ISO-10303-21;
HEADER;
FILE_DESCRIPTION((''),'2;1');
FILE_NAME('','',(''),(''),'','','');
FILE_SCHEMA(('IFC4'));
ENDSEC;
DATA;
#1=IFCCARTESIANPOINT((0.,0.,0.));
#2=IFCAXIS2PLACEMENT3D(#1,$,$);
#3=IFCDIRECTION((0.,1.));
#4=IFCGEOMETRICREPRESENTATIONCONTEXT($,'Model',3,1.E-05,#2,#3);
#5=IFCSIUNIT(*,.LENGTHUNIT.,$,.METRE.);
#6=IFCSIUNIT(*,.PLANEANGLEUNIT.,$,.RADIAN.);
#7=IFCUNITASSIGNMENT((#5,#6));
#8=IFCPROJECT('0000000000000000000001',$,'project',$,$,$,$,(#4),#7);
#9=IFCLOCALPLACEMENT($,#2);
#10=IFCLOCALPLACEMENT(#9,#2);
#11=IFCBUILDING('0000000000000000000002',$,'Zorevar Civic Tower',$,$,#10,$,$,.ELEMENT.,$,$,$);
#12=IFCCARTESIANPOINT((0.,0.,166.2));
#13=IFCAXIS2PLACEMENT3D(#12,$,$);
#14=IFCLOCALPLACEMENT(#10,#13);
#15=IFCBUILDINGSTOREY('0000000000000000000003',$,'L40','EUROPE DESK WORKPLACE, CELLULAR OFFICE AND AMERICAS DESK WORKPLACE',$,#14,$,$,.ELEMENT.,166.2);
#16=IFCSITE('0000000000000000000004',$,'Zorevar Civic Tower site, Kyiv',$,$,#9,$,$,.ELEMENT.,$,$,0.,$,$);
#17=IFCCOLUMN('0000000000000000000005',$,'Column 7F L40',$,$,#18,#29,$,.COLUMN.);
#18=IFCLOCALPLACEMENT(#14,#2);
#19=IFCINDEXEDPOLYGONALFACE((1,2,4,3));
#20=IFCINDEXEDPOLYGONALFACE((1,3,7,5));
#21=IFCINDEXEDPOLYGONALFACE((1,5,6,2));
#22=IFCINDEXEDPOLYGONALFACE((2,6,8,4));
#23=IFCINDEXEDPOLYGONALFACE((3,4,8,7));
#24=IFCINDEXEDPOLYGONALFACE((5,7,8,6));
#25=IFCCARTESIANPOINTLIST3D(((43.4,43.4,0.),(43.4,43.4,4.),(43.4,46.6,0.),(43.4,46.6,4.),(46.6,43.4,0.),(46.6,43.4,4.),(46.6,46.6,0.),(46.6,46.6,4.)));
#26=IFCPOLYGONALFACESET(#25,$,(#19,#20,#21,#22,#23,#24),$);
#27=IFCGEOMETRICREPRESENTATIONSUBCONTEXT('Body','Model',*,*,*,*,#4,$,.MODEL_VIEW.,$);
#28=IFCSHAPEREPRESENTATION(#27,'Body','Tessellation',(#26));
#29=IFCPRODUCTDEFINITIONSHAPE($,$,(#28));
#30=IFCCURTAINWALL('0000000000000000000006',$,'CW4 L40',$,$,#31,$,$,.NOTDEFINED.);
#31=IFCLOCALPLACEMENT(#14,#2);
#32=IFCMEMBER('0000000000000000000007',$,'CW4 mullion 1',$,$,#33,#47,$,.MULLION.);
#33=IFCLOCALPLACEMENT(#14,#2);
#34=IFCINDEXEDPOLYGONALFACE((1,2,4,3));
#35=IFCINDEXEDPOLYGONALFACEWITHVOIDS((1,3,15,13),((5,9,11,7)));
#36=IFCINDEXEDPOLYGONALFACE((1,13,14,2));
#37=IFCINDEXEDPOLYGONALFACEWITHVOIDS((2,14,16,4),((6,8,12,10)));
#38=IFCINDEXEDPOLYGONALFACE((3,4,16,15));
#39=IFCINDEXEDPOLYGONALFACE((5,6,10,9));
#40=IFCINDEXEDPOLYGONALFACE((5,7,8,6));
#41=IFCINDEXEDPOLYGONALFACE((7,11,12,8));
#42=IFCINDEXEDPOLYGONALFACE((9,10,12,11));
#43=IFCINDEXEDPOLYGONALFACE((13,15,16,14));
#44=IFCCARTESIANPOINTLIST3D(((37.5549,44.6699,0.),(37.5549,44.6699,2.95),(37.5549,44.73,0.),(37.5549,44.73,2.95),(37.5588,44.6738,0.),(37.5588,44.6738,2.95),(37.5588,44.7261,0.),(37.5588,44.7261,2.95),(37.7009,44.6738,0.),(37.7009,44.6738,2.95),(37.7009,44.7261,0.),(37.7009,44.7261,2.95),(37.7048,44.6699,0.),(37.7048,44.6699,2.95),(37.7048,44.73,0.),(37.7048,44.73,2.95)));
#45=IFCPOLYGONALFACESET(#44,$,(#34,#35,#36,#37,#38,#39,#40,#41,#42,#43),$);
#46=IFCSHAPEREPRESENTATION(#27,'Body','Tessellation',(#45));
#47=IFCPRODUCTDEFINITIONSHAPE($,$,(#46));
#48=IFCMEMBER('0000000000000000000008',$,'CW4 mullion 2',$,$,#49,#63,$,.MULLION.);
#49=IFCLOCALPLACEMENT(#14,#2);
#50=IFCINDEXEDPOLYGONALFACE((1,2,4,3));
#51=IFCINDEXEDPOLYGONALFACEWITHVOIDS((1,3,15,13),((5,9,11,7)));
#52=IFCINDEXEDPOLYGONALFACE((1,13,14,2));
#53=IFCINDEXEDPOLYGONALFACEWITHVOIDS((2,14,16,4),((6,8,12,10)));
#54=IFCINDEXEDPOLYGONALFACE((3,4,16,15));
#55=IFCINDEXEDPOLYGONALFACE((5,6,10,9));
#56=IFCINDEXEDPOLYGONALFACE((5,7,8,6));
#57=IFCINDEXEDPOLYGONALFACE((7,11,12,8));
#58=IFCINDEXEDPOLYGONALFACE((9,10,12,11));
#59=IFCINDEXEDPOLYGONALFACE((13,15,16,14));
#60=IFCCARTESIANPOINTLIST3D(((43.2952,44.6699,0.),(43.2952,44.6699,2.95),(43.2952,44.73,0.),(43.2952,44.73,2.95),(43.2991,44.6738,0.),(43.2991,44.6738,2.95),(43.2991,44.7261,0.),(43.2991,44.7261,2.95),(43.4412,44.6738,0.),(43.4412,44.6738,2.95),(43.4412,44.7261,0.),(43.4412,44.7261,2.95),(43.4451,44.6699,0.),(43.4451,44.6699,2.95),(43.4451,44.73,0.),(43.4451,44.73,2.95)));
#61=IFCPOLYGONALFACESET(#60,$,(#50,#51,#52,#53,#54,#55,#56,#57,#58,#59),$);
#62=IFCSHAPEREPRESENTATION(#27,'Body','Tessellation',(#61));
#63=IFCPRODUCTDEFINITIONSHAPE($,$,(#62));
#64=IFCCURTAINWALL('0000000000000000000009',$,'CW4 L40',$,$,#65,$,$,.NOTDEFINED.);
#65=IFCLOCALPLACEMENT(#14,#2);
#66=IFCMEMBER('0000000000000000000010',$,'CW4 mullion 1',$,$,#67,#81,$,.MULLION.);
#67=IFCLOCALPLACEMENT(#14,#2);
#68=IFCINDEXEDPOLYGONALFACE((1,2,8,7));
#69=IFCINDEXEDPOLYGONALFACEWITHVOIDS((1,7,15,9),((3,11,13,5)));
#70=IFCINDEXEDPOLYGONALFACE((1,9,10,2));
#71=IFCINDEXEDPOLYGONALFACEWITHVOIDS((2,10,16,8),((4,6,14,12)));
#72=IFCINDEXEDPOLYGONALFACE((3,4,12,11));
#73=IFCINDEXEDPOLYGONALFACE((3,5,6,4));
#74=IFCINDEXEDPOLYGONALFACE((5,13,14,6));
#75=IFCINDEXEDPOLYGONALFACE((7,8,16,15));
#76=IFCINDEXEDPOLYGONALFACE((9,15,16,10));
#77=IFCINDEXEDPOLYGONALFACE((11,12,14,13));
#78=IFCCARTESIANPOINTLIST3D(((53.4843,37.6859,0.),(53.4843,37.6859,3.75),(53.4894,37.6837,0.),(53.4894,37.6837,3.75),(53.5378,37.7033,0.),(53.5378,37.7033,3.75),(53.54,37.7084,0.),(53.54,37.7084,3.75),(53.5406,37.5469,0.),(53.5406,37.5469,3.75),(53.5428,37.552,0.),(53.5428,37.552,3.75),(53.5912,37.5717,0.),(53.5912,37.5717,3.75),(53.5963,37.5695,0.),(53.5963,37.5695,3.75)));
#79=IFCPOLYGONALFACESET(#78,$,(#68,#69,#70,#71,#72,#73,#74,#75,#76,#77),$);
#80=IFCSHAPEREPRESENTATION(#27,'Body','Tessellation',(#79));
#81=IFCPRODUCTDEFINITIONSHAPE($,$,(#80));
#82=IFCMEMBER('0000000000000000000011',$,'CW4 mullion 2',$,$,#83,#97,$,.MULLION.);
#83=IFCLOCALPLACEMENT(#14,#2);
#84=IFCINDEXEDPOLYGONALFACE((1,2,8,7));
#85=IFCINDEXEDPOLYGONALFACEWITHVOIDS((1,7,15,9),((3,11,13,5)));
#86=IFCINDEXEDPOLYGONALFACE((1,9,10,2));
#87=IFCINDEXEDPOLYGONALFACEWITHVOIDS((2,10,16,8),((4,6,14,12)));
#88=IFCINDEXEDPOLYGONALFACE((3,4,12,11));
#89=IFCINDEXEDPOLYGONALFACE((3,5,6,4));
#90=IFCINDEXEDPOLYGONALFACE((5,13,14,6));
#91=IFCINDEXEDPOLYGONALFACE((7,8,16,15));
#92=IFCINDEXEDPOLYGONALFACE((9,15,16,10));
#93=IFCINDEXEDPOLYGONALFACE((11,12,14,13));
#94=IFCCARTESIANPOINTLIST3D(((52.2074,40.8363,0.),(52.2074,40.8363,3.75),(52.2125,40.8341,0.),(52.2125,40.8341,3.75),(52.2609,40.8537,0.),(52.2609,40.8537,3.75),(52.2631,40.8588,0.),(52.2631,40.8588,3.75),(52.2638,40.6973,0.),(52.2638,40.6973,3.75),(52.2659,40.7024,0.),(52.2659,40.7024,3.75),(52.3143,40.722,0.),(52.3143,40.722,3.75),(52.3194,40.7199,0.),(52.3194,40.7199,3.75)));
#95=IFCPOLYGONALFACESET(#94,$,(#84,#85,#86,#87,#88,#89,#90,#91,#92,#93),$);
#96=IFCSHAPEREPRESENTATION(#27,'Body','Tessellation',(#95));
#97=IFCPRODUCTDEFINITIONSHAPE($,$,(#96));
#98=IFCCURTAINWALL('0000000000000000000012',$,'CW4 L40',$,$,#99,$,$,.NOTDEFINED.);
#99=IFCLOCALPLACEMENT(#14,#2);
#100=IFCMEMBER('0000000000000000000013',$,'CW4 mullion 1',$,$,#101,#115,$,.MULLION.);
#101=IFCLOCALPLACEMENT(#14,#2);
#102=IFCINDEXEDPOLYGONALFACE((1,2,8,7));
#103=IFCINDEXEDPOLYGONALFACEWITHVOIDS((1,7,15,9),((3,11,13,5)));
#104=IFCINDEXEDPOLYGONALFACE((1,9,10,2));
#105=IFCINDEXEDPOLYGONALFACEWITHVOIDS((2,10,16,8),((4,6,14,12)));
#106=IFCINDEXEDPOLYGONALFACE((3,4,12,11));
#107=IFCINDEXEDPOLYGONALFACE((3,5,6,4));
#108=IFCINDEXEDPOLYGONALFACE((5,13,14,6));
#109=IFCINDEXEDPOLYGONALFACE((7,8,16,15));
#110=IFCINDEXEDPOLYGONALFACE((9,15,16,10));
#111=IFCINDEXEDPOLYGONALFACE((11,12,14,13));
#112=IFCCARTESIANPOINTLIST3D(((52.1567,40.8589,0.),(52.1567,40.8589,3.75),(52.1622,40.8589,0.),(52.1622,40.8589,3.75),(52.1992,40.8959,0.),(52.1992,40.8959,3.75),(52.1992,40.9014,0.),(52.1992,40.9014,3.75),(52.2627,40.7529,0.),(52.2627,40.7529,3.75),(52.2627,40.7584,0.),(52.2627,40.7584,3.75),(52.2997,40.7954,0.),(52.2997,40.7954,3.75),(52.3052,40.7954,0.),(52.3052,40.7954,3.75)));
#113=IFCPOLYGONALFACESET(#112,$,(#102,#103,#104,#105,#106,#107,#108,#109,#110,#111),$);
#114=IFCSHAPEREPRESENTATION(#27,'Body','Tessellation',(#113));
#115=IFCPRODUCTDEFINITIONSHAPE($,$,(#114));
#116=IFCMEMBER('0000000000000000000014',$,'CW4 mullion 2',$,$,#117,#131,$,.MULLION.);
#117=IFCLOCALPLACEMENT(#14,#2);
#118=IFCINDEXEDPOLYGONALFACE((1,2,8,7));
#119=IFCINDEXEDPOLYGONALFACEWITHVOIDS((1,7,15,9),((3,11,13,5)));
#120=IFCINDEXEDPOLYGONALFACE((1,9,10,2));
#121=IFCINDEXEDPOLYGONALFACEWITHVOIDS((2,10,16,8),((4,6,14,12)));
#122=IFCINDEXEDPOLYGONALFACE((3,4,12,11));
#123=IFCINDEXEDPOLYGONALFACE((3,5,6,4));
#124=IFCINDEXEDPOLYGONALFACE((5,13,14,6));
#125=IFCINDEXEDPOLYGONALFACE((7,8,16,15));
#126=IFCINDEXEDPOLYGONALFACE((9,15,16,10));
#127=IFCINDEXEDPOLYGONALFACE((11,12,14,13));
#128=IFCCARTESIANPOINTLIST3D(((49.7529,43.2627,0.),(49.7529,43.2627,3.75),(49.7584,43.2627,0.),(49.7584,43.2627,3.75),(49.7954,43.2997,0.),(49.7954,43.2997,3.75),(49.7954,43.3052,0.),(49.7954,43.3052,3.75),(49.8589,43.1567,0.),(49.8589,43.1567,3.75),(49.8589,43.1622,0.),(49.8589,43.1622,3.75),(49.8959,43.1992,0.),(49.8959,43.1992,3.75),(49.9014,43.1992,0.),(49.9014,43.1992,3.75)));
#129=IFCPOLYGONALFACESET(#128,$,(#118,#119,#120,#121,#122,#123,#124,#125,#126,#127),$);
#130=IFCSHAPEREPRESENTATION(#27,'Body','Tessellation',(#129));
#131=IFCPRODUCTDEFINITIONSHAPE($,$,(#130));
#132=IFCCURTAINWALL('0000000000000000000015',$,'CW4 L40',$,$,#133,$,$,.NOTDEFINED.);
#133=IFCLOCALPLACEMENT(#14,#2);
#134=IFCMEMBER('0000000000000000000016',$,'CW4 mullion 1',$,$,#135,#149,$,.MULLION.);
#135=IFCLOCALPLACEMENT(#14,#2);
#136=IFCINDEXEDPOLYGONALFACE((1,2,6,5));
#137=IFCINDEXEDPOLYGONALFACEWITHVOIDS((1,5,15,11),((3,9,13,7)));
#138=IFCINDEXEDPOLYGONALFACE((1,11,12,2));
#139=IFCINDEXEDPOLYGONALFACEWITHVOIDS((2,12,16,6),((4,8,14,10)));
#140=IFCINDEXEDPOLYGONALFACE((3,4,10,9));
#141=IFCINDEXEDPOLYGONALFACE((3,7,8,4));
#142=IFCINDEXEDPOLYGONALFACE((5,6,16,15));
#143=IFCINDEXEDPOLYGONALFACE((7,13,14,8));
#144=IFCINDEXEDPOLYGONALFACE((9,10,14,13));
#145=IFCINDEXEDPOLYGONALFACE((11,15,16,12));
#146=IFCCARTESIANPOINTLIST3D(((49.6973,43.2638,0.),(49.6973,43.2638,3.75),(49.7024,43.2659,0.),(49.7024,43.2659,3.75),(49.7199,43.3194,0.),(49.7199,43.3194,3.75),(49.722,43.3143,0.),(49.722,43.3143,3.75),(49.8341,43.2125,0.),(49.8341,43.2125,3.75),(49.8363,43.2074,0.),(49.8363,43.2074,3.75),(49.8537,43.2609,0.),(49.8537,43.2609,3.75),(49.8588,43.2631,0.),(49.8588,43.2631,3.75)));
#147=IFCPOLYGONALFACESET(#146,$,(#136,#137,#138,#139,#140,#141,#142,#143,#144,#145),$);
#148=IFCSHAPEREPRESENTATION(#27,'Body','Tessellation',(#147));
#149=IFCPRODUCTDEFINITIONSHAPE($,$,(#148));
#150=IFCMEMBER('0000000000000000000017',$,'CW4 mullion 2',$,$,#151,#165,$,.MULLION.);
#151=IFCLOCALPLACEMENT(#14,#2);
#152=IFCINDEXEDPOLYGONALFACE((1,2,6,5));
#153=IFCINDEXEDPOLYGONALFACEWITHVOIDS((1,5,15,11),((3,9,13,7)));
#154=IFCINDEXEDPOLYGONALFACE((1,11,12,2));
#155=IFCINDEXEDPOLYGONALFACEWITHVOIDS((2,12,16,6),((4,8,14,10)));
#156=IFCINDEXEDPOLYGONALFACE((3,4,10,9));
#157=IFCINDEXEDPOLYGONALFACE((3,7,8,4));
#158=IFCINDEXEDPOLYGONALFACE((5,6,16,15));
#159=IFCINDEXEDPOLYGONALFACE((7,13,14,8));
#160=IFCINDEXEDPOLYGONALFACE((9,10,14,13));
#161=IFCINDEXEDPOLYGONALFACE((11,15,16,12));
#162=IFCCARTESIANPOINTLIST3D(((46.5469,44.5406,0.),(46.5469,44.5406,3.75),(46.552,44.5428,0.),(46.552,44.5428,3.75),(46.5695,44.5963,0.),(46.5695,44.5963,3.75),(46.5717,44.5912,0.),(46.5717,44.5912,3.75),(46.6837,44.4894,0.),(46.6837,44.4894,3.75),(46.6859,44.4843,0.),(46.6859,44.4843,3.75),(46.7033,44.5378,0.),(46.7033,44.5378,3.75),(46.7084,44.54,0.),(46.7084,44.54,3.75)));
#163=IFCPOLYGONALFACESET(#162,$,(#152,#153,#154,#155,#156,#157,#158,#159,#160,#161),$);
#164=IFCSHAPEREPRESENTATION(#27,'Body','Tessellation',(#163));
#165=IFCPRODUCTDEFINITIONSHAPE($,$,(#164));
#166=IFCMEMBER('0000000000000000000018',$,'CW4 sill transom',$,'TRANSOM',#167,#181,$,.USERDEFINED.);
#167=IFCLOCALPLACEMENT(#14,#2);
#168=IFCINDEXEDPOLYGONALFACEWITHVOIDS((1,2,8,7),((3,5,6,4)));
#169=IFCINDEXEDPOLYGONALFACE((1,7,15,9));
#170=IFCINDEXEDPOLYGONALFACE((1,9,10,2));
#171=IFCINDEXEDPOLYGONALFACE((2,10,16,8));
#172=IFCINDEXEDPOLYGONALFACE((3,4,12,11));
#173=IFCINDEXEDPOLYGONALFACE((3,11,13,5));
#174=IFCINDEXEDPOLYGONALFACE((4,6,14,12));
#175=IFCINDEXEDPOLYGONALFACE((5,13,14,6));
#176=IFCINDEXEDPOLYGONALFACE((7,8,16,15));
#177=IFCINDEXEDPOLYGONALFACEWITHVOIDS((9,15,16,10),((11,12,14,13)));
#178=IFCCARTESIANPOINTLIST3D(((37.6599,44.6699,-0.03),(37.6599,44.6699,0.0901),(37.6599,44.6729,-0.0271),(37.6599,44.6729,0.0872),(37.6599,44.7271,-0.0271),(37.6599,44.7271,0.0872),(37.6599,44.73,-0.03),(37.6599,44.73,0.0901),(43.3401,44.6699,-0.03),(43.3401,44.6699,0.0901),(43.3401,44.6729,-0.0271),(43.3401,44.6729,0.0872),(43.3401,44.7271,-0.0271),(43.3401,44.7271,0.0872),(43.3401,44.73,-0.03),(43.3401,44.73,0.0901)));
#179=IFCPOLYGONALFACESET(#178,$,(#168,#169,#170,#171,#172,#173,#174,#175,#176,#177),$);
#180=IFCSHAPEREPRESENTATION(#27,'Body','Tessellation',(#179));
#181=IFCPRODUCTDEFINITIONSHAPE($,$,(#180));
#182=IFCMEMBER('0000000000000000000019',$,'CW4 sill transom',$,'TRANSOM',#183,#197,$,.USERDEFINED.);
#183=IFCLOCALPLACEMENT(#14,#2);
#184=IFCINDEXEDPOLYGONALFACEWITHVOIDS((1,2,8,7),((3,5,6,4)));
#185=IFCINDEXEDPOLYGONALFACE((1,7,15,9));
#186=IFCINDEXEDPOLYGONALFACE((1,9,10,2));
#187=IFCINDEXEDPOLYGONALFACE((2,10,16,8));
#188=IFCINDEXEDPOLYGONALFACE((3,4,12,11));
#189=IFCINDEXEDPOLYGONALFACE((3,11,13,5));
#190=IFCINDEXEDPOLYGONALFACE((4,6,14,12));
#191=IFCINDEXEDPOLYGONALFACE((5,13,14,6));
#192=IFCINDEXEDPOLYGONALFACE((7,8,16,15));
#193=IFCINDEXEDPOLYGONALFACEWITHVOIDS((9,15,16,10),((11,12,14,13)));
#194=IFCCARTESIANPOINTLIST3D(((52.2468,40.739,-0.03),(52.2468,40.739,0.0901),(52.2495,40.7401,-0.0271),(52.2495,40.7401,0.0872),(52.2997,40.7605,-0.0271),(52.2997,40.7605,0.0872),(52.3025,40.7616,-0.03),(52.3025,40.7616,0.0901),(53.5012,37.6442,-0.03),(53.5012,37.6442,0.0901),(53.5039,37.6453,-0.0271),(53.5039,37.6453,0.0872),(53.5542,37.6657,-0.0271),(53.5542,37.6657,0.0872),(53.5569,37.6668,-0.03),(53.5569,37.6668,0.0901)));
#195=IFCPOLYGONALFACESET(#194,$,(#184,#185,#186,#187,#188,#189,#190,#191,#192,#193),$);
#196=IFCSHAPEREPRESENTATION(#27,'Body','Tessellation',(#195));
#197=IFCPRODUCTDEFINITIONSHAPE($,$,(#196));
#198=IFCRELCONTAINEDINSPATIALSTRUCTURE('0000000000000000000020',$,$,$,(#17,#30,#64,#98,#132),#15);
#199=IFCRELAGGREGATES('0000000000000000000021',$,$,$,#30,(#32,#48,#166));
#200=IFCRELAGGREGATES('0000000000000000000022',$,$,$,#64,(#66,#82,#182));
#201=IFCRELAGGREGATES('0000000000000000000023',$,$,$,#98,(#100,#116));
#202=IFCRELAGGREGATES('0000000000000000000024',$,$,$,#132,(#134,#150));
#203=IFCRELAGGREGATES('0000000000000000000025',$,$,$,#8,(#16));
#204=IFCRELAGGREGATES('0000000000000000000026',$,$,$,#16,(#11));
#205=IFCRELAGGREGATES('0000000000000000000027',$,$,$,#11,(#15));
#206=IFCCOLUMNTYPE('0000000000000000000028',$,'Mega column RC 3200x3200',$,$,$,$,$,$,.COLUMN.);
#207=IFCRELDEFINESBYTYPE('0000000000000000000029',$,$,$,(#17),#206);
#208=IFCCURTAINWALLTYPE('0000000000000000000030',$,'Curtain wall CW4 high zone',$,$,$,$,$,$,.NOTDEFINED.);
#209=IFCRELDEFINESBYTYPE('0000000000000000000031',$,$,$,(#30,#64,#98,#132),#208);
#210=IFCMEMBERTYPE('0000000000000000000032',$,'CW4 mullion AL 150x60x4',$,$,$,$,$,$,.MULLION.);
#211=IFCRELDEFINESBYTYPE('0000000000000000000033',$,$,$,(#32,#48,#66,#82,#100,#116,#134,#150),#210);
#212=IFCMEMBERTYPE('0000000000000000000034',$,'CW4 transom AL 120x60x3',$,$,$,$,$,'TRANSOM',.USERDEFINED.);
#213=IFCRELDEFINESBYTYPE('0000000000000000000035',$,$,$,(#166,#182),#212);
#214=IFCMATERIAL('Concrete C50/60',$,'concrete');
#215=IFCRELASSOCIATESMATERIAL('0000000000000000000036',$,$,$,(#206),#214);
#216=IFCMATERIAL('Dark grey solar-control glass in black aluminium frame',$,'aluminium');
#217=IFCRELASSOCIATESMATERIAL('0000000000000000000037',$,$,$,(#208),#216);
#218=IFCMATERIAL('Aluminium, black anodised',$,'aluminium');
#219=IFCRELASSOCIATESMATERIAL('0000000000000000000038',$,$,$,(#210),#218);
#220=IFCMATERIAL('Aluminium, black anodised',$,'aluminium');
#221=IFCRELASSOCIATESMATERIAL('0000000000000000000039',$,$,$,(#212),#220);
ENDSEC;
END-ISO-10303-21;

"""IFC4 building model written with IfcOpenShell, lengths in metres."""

from ifc_helpers import new_model, si_unit, direction, frame, origin, origin_2d, place, context, subcontext, project, spatial, rectangle, hollow_rectangle, extrude, material, material_profile, profile_set, type_object, element, aggregate, save


model = new_model("IFC4")

# Units and contexts
model_context = context("Model", 3, precision=1e-05, world=origin(), true_north=direction((0.0, 1.0)))
body_context = subcontext(model_context, "Body", "Model", "MODEL_VIEW")
ifc_project = project(units=[si_unit("LENGTHUNIT", "METRE"), si_unit("PLANEANGLEUNIT", "RADIAN")], contexts=[model_context])

# Site, building, storey
site_placement = place(None, origin())
site = spatial("IfcSite", under=ifc_project, at=site_placement, Name="Zorevar Civic Tower site, Kyiv", CompositionType="ELEMENT", RefElevation=0.0)
building_placement = place(site_placement, origin())
building = spatial("IfcBuilding", under=site, at=building_placement, Name="Zorevar Civic Tower", CompositionType="ELEMENT")
storey_placement = place(building_placement, frame((0.0, 0.0, 166.2)))
storey = spatial("IfcBuildingStorey", under=building, at=storey_placement, Name="L40", Description="EUROPE DESK WORKPLACE, CELLULAR OFFICE AND AMERICAS DESK WORKPLACE", CompositionType="ELEMENT", Elevation=166.2)

# Column
ifc_material_1 = material(Name="Concrete C50/60", Category="concrete")
ifc_material_profile_1 = material_profile(ifc_material_1, rectangle(XDim=3.2, YDim=3.2, at=origin_2d()), Name="RC 3200x3200")
ifc_profile_set_1 = profile_set([ifc_material_profile_1], Name="Concrete C50/60")
column_type = type_object("IfcColumnType", Name="Mega column RC 3200x3200", PredefinedType="COLUMN", material=ifc_profile_set_1)
column_placement = place(storey_placement, frame((45.0, 45.0, 0.0), z_axis=(0.0, 0.0, 1.0), x_axis=(1.0, 0.0, 0.0)))
element("IfcColumn", 1, at=column_placement, inside=storey, type_object=column_type, Name="Column 7F L40", PredefinedType="COLUMN", context=body_context, shape_type="SweptSolid", body=[
    extrude(rectangle(XDim=3.2, YDim=3.2, at=origin_2d()), origin(), (0.0, 0.0, 1.0), 4.0),
])

# Curtain walls, members
ifc_material_2 = material(Name="Dark grey solar-control glass in black aluminium frame", Category="aluminium")
curtain_wall_type = type_object("IfcCurtainWallType", Name="Curtain wall CW4 high zone", PredefinedType="NOTDEFINED", material=ifc_material_2)
curtain_wall_1_placement = place(storey_placement, origin())
curtain_wall_1 = element("IfcCurtainWall", 2, at=curtain_wall_1_placement, inside=storey, type_object=curtain_wall_type, Name="CW4 L40", PredefinedType="NOTDEFINED")
ifc_material_3 = material(Name="Aluminium, black anodised", Category="aluminium")
ifc_material_profile_2 = material_profile(ifc_material_3, hollow_rectangle(XDim=0.0601, YDim=0.1499, WallThickness=0.0039, at=origin_2d()), Name="AL 150x60x4")
ifc_profile_set_2 = profile_set([ifc_material_profile_2], Name="Aluminium, black anodised")
member_type_1 = type_object("IfcMemberType", Name="CW4 mullion AL 150x60x4", PredefinedType="MULLION", material=ifc_profile_set_2)
member_1_placement = place(storey_placement, frame((37.6299, 44.7, 0.0), z_axis=(0.0, 0.0, 1.0), x_axis=(0.0, 1.0, 0.0)))
member_1 = element("IfcMember", 3, at=member_1_placement, type_object=member_type_1, Name="CW4 mullion 1", PredefinedType="MULLION", context=body_context, shape_type="SweptSolid", body=[
    extrude(hollow_rectangle(XDim=0.0601, YDim=0.1499, WallThickness=0.0039, at=origin_2d()), origin(), (0.0, 0.0, 1.0), 2.95),
])
member_2_placement = place(storey_placement, frame((43.3701, 44.7, 0.0), z_axis=(0.0, 0.0, 1.0), x_axis=(0.0, 1.0, 0.0)))
member_2 = element("IfcMember", 4, at=member_2_placement, type_object=member_type_1, Name="CW4 mullion 2", PredefinedType="MULLION", context=body_context, shape_type="SweptSolid", body=[
    extrude(hollow_rectangle(XDim=0.0601, YDim=0.1499, WallThickness=0.0039, at=origin_2d()), origin(), (0.0, 0.0, 1.0), 2.95),
])
curtain_wall_2_placement = place(storey_placement, origin())
curtain_wall_2 = element("IfcCurtainWall", 5, at=curtain_wall_2_placement, inside=storey, type_object=curtain_wall_type, Name="CW4 L40", PredefinedType="NOTDEFINED")
member_3_placement = place(storey_placement, frame((53.5403, 37.6277, 0.0), z_axis=(0.0, 0.0, 1.0), x_axis=(-0.926762, -0.37565, 0.0)))
member_3 = element("IfcMember", 6, at=member_3_placement, type_object=member_type_1, Name="CW4 mullion 1", PredefinedType="MULLION", context=body_context, shape_type="SweptSolid", body=[
    extrude(hollow_rectangle(XDim=0.0601, YDim=0.1499, WallThickness=0.0039, at=origin_2d()), origin(), (0.0, 0.0, 1.0), 3.75),
])
member_4_placement = place(storey_placement, frame((52.2634, 40.7781, 0.0), z_axis=(0.0, 0.0, 1.0), x_axis=(-0.926762, -0.37565, 0.0)))
member_4 = element("IfcMember", 7, at=member_4_placement, type_object=member_type_1, Name="CW4 mullion 2", PredefinedType="MULLION", context=body_context, shape_type="SweptSolid", body=[
    extrude(hollow_rectangle(XDim=0.0601, YDim=0.1499, WallThickness=0.0039, at=origin_2d()), origin(), (0.0, 0.0, 1.0), 3.75),
])
curtain_wall_3_placement = place(storey_placement, origin())
curtain_wall_3 = element("IfcCurtainWall", 8, at=curtain_wall_3_placement, inside=storey, type_object=curtain_wall_type, Name="CW4 L40", PredefinedType="NOTDEFINED")
member_5_placement = place(storey_placement, frame((52.231, 40.8271, 0.0), z_axis=(0.0, 0.0, 1.0), x_axis=(-0.707107, -0.707107, 0.0)))
member_5 = element("IfcMember", 9, at=member_5_placement, type_object=member_type_1, Name="CW4 mullion 1", PredefinedType="MULLION", context=body_context, shape_type="SweptSolid", body=[
    extrude(hollow_rectangle(XDim=0.0601, YDim=0.1499, WallThickness=0.0039, at=origin_2d()), origin(), (0.0, 0.0, 1.0), 3.75),
])
member_6_placement = place(storey_placement, frame((49.8271, 43.231, 0.0), z_axis=(0.0, 0.0, 1.0), x_axis=(-0.707107, -0.707107, 0.0)))
member_6 = element("IfcMember", 10, at=member_6_placement, type_object=member_type_1, Name="CW4 mullion 2", PredefinedType="MULLION", context=body_context, shape_type="SweptSolid", body=[
    extrude(hollow_rectangle(XDim=0.0601, YDim=0.1499, WallThickness=0.0039, at=origin_2d()), origin(), (0.0, 0.0, 1.0), 3.75),
])
curtain_wall_4_placement = place(storey_placement, origin())
curtain_wall_4 = element("IfcCurtainWall", 11, at=curtain_wall_4_placement, inside=storey, type_object=curtain_wall_type, Name="CW4 L40", PredefinedType="NOTDEFINED")
member_7_placement = place(storey_placement, frame((49.7781, 43.2634, 0.0), z_axis=(0.0, 0.0, 1.0), x_axis=(-0.37565, -0.926762, 0.0)))
member_7 = element("IfcMember", 12, at=member_7_placement, type_object=member_type_1, Name="CW4 mullion 1", PredefinedType="MULLION", context=body_context, shape_type="SweptSolid", body=[
    extrude(hollow_rectangle(XDim=0.0601, YDim=0.1499, WallThickness=0.0039, at=origin_2d()), origin(), (0.0, 0.0, 1.0), 3.75),
])
member_8_placement = place(storey_placement, frame((46.6277, 44.5403, 0.0), z_axis=(0.0, 0.0, 1.0), x_axis=(-0.37565, -0.926762, 0.0)))
member_8 = element("IfcMember", 13, at=member_8_placement, type_object=member_type_1, Name="CW4 mullion 2", PredefinedType="MULLION", context=body_context, shape_type="SweptSolid", body=[
    extrude(hollow_rectangle(XDim=0.0601, YDim=0.1499, WallThickness=0.0039, at=origin_2d()), origin(), (0.0, 0.0, 1.0), 3.75),
])

# Members
ifc_material_4 = material(Name="Aluminium, black anodised", Category="aluminium")
ifc_material_profile_3 = material_profile(ifc_material_4, hollow_rectangle(XDim=0.0601, YDim=0.1201, WallThickness=0.0029, at=origin_2d()), Name="AL 120x60x3")
ifc_profile_set_3 = profile_set([ifc_material_profile_3], Name="Aluminium, black anodised")
member_type_2 = type_object("IfcMemberType", Name="CW4 transom AL 120x60x3", ElementType="TRANSOM", PredefinedType="USERDEFINED", material=ifc_profile_set_3)
member_9_placement = place(storey_placement, frame((37.6599, 44.7, 0.03), z_axis=(1.0, 0.0, 0.0), x_axis=(0.0, 1.0, 0.0)))
member_9 = element("IfcMember", 14, at=member_9_placement, type_object=member_type_2, Name="CW4 sill transom", ObjectType="TRANSOM", PredefinedType="USERDEFINED", context=body_context, shape_type="SweptSolid", body=[
    extrude(hollow_rectangle(XDim=0.0601, YDim=0.1201, WallThickness=0.0029, at=origin_2d()), origin(), (0.0, 0.0, 1.0), 5.6802),
])
member_10_placement = place(storey_placement, frame((53.5291, 37.6555, 0.03), z_axis=(-0.375647, 0.926763, 0.0), x_axis=(-0.926763, -0.375647, 0.0)))
member_10 = element("IfcMember", 15, at=member_10_placement, type_object=member_type_2, Name="CW4 sill transom", ObjectType="TRANSOM", PredefinedType="USERDEFINED", context=body_context, shape_type="SweptSolid", body=[
    extrude(hollow_rectangle(XDim=0.0601, YDim=0.1201, WallThickness=0.0029, at=origin_2d()), origin(), (0.0, 0.0, 1.0), 3.3394),
])

aggregate(curtain_wall_1, [member_1, member_2, member_9])
aggregate(curtain_wall_2, [member_3, member_4, member_10])
aggregate(curtain_wall_3, [member_5, member_6])
aggregate(curtain_wall_4, [member_7, member_8])

save(model, "model.ifc")
